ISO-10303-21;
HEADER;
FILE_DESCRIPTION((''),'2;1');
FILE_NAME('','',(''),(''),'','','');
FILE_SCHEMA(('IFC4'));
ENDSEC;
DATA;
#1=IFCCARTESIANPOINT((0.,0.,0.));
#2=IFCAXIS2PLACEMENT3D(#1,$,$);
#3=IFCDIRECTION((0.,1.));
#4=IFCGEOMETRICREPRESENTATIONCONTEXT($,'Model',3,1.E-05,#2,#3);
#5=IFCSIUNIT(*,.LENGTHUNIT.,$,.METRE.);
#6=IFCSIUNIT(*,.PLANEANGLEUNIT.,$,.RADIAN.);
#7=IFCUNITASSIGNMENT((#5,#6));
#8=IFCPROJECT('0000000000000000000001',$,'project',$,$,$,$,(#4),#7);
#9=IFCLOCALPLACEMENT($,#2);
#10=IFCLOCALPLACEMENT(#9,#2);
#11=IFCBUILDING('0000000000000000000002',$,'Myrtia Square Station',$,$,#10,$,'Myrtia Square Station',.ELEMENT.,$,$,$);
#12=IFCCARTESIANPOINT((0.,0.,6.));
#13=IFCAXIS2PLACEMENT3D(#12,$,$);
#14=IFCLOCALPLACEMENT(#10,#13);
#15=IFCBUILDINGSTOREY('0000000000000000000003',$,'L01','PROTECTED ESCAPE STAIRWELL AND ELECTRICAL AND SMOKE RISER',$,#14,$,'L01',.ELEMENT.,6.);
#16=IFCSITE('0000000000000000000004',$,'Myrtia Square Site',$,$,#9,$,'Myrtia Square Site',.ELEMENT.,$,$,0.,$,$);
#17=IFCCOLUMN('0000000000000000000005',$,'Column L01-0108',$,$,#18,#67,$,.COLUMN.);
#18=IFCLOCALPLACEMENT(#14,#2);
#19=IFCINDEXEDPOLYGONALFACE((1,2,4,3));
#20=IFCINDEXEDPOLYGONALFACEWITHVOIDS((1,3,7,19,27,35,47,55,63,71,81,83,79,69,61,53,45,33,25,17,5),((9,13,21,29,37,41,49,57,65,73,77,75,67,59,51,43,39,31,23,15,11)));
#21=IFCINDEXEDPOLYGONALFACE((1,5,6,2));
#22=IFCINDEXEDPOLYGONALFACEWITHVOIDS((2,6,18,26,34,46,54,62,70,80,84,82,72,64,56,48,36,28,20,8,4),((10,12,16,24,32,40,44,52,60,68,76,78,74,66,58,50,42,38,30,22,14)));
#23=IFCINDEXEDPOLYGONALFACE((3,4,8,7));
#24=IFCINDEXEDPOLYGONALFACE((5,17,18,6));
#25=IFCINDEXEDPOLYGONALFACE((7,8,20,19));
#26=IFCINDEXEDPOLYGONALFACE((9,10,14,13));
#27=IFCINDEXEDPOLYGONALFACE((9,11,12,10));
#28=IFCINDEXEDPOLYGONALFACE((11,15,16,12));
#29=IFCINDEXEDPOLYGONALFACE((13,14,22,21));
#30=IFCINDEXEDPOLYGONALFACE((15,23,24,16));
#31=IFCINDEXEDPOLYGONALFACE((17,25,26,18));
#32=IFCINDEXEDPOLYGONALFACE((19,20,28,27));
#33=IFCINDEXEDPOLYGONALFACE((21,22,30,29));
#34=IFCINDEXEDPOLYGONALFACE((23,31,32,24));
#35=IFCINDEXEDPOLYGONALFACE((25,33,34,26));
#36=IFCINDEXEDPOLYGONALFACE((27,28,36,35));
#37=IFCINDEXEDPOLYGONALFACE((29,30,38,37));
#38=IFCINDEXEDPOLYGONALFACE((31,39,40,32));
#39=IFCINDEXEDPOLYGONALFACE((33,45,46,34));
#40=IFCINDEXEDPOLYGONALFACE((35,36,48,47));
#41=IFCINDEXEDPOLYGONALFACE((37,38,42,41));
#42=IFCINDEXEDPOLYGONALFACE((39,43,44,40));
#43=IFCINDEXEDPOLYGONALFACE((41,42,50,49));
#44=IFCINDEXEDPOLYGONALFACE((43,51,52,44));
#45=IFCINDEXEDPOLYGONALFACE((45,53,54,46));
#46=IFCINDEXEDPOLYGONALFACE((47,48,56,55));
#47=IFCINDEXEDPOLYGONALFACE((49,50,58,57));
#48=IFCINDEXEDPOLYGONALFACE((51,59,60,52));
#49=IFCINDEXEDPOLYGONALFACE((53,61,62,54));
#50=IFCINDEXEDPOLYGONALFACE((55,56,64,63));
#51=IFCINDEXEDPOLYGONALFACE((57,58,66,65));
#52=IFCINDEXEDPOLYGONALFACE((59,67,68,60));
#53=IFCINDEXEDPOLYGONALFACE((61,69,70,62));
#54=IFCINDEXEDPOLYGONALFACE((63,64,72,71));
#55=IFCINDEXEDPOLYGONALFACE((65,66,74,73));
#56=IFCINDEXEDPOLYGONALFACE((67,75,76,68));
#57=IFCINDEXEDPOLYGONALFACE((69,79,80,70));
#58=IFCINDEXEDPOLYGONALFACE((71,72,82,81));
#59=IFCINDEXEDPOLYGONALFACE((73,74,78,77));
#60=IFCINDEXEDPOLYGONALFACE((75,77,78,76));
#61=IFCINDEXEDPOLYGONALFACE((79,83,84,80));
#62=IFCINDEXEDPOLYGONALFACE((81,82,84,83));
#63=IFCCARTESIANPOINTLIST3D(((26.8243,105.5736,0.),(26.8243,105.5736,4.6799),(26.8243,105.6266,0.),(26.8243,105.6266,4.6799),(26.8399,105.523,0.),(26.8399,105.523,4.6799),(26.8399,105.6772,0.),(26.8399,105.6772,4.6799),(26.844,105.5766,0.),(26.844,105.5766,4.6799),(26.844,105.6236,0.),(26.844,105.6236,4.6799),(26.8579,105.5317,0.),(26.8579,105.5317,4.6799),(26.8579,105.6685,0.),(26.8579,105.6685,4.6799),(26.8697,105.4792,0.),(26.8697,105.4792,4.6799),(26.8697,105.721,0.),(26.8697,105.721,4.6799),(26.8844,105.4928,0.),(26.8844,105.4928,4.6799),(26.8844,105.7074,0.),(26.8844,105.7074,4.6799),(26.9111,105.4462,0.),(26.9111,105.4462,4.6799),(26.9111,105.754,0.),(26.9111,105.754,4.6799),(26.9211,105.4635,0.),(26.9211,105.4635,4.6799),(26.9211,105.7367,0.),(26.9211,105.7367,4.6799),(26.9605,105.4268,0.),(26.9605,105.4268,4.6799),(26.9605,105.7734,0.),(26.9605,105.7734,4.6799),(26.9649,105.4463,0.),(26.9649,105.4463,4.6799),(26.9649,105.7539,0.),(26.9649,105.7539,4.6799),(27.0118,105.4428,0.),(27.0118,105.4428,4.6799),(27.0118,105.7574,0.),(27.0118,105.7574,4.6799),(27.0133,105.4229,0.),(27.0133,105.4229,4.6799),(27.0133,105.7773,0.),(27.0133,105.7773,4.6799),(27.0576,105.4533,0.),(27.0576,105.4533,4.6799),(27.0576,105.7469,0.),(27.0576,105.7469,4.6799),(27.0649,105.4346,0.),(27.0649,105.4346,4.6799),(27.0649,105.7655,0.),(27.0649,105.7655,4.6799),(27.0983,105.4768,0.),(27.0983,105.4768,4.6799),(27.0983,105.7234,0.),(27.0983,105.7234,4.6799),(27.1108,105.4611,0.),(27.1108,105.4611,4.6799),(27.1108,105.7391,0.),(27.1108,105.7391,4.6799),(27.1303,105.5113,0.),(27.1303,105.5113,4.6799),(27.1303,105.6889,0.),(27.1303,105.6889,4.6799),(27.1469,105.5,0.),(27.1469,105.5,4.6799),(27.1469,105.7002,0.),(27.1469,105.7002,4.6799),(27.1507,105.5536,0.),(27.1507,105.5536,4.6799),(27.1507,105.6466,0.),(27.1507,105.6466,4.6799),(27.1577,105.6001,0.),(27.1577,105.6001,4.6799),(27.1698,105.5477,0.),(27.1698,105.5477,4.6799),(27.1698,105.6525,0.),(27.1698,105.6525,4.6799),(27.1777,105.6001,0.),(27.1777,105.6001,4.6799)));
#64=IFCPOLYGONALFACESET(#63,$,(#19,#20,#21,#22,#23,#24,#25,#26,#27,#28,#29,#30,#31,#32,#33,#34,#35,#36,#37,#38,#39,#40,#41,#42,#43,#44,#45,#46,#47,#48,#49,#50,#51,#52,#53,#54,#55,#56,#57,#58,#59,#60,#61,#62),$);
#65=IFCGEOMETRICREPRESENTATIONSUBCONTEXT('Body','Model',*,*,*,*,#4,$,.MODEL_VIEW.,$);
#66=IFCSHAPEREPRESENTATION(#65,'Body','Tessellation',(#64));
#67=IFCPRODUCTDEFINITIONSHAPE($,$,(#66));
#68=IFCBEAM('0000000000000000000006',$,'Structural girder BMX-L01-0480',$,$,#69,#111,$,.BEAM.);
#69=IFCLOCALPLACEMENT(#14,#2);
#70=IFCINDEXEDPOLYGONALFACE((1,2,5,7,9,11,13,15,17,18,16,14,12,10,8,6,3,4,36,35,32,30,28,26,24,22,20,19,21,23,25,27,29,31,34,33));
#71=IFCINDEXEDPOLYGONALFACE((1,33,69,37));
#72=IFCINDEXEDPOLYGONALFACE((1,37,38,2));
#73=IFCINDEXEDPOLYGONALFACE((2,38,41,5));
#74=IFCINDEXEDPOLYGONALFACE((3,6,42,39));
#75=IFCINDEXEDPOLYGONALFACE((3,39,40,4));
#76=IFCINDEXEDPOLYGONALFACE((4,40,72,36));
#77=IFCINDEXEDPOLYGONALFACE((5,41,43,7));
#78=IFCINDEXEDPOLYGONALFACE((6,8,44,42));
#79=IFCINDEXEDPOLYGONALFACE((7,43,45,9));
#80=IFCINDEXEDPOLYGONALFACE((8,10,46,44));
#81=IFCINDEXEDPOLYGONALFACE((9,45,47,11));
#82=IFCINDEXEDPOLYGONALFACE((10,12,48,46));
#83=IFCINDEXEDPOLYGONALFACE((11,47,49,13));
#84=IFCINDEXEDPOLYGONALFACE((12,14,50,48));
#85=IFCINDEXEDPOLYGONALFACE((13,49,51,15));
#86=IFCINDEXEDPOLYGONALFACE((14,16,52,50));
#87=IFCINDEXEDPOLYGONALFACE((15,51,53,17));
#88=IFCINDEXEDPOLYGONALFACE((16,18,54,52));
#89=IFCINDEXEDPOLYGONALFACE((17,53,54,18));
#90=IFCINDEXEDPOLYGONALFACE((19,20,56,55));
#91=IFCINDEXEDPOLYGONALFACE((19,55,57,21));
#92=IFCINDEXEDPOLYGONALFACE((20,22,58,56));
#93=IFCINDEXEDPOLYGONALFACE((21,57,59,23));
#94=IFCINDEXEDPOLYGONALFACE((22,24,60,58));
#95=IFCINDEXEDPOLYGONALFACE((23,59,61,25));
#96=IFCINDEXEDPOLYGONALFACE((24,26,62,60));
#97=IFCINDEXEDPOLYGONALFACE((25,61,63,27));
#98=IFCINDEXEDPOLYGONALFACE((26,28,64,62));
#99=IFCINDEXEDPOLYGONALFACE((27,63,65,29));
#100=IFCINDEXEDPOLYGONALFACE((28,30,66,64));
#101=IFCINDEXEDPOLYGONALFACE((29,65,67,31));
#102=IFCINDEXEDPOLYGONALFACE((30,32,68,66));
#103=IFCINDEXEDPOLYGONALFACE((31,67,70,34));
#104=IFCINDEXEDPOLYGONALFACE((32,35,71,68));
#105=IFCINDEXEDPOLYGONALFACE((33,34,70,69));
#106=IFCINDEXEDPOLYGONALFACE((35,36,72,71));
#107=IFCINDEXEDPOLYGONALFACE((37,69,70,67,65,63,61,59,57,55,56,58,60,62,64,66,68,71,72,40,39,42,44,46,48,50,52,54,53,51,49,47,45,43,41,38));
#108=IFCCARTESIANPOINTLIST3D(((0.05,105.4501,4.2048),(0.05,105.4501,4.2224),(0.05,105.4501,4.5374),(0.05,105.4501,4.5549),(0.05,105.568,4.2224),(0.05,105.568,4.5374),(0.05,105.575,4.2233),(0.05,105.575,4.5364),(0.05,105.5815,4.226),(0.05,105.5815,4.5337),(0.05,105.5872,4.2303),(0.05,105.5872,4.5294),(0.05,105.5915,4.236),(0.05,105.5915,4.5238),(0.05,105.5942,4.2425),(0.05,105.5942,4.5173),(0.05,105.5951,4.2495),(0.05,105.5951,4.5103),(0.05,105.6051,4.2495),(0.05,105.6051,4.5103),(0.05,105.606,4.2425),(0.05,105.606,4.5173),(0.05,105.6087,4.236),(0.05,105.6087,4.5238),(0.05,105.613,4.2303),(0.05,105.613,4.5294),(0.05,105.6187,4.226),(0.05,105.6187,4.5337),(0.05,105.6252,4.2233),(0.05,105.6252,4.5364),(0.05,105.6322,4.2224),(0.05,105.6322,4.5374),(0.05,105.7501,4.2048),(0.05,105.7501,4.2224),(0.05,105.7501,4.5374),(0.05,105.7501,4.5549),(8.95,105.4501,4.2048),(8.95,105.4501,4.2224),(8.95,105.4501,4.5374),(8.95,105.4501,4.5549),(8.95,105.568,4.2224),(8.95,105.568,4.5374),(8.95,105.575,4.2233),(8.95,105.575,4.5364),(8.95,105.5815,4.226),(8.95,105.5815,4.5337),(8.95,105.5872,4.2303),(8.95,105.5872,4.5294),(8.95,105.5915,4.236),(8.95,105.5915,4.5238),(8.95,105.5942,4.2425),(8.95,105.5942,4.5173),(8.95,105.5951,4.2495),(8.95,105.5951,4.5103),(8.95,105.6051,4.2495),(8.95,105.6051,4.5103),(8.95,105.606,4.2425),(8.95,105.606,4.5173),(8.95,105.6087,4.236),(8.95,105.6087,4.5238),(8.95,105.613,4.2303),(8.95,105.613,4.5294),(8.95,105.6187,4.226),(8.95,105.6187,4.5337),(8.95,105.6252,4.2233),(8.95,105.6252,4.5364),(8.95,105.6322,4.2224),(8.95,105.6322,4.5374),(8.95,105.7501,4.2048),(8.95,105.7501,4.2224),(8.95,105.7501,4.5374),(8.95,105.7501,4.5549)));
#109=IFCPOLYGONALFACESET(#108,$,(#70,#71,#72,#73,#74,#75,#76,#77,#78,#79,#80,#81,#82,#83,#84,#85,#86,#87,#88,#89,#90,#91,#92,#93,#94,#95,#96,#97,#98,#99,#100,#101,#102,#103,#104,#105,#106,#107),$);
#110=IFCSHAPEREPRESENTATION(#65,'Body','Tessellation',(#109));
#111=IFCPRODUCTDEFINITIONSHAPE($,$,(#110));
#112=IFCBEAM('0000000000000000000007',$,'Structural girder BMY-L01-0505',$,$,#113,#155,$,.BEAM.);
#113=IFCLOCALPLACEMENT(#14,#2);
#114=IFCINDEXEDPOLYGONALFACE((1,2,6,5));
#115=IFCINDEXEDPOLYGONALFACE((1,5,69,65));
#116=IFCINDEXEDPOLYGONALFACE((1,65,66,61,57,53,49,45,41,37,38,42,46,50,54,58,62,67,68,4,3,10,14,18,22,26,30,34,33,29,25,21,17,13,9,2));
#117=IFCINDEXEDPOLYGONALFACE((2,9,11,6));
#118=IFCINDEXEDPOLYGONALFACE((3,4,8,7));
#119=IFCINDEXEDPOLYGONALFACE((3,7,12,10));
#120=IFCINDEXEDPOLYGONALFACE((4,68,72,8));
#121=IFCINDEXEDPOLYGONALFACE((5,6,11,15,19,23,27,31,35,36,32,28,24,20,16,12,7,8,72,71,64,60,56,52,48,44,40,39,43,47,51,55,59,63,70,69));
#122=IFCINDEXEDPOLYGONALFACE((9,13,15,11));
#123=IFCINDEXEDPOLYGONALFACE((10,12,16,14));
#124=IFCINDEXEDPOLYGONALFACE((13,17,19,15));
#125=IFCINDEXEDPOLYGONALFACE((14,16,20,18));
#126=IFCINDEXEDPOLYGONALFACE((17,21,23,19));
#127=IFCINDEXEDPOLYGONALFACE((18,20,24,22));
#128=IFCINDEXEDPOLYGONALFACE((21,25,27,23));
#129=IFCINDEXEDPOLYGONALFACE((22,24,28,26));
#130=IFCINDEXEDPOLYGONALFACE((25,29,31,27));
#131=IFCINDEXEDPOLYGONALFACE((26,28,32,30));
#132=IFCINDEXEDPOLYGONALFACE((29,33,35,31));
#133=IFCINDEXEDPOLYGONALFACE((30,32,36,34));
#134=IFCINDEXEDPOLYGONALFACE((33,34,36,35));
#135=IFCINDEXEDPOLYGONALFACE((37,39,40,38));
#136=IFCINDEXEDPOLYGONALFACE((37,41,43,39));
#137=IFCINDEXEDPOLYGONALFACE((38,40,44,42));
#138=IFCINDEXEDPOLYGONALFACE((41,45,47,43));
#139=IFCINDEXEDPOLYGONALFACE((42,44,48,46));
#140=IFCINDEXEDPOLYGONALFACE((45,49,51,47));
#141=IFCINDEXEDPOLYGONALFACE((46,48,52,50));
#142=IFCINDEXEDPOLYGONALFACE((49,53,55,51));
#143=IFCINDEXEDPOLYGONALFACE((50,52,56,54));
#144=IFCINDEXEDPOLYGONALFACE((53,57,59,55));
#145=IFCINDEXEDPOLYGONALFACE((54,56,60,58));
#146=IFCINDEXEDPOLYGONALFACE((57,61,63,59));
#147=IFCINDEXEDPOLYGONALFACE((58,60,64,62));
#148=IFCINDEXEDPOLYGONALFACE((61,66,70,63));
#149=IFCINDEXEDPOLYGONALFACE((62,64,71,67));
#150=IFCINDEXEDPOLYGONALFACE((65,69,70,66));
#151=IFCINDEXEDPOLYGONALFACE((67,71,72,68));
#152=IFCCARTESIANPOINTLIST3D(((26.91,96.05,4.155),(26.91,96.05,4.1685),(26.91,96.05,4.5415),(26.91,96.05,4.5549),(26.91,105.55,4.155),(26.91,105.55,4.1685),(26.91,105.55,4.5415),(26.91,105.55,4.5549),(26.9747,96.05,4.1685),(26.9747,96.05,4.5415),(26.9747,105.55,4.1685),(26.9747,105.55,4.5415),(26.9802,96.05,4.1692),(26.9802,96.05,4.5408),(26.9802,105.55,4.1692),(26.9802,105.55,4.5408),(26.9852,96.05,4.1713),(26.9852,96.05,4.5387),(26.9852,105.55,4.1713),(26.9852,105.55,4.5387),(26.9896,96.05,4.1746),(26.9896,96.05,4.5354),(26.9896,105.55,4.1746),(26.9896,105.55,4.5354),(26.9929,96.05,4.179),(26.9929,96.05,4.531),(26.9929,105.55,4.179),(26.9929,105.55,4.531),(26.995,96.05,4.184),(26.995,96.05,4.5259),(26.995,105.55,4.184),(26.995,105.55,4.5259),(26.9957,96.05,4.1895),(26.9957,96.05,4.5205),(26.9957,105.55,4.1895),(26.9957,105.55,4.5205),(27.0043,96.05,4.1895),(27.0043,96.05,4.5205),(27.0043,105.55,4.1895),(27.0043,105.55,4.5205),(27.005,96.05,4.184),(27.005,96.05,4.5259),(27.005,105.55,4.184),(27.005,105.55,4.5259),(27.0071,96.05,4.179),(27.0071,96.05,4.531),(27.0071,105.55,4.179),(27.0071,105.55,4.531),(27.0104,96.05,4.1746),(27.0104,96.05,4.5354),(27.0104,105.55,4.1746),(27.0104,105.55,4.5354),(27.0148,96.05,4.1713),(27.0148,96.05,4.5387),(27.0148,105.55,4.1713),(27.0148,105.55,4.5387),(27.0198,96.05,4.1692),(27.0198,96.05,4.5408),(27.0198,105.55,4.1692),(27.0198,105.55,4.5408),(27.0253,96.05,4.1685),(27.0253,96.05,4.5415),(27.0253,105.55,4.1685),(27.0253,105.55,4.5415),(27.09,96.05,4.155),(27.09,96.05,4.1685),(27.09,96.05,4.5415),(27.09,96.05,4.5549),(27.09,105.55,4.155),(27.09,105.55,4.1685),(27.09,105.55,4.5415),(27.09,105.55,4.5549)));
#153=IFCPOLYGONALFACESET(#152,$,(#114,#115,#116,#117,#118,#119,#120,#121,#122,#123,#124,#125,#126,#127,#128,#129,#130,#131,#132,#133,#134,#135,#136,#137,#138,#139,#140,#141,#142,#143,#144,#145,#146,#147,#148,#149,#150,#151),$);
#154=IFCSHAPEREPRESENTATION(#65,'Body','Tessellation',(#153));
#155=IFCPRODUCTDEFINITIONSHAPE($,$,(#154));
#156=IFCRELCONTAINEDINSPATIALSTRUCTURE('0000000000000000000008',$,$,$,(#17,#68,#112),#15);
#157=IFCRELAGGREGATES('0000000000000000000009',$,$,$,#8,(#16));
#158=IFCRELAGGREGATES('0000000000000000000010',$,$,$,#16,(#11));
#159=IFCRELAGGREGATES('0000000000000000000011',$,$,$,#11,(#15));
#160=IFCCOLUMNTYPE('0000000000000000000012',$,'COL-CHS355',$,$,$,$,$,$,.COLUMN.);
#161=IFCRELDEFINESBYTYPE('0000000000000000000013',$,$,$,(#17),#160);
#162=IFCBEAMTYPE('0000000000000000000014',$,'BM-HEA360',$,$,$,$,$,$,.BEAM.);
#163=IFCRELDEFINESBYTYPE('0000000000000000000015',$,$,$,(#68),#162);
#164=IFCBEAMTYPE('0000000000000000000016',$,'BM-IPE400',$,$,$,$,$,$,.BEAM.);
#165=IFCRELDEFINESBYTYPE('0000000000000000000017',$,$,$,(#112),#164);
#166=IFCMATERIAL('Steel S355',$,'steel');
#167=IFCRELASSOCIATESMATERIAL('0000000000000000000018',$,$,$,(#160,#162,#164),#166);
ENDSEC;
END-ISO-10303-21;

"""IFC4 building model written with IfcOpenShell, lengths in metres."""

from ifc_helpers import new_model, si_unit, direction, frame, origin, origin_2d, place, context, subcontext, project, spatial, hollow_circle, i_section, extrude, material, material_profile, profile_set, type_object, element, save


model = new_model("IFC4")

# Units and contexts
model_context = context("Model", 3, precision=1e-05, world=origin(), true_north=direction((0.0, 1.0)))
body_context = subcontext(model_context, "Body", "Model", "MODEL_VIEW")
ifc_project = project(units=[si_unit("LENGTHUNIT", "METRE"), si_unit("PLANEANGLEUNIT", "RADIAN")], contexts=[model_context])

# Site, building, storey
site_placement = place(None, origin())
site = spatial("IfcSite", under=ifc_project, at=site_placement, Name="Myrtia Square Site", LongName="Myrtia Square Site", CompositionType="ELEMENT", RefElevation=0.0)
building_placement = place(site_placement, origin())
building = spatial("IfcBuilding", under=site, at=building_placement, Name="Myrtia Square Station", LongName="Myrtia Square Station", CompositionType="ELEMENT")
storey_placement = place(building_placement, frame((0.0, 0.0, 6.0)))
storey = spatial("IfcBuildingStorey", under=building, at=storey_placement, Name="L01", Description="PROTECTED ESCAPE STAIRWELL AND ELECTRICAL AND SMOKE RISER", LongName="L01", CompositionType="ELEMENT", Elevation=6.0)

# Column
ifc_material_1 = material(Name="Steel S355", Category="steel")
ifc_material_profile_1 = material_profile(ifc_material_1, hollow_circle(Radius=0.1777, WallThickness=0.02, at=origin_2d()), Name="CHS 355.6x20")
ifc_profile_set_1 = profile_set([ifc_material_profile_1], Name="Steel S355")
column_type = type_object("IfcColumnType", Name="COL-CHS355", PredefinedType="COLUMN", material=ifc_profile_set_1)
for number, where, z_axis, x_axis, name in (
    (1, (27.0, 105.6001, 0.0), (0.0, 0.0, 1.0), (1.0, 0.0, 0.0), "Column L01-0108"),
):
    element("IfcColumn", number, at=place(storey_placement, frame(where, z_axis=z_axis, x_axis=x_axis)), inside=storey, type_object=column_type, Name=name, PredefinedType="COLUMN", context=body_context, shape_type="SweptSolid", body=[
        extrude(hollow_circle(Radius=0.1777, WallThickness=0.02, at=origin_2d()), origin(), (0.0, 0.0, 1.0), 4.6799),
    ])

# Beams
ifc_material_profile_2 = material_profile(ifc_material_1, i_section(OverallWidth=0.3, OverallDepth=0.3501, WebThickness=0.01, FlangeThickness=0.0176, FilletRadius=0.0271, at=origin_2d()), Name="HEA 360")
ifc_profile_set_2 = profile_set([ifc_material_profile_2], Name="Steel S355")
beam_type_1 = type_object("IfcBeamType", Name="BM-HEA360", PredefinedType="BEAM", material=ifc_profile_set_2)
beam_1_placement = place(storey_placement, frame((0.05, 105.6001, 4.3799), z_axis=(1.0, 0.0, 0.0), x_axis=(0.0, 1.0, 0.0)))
element("IfcBeam", 2, at=beam_1_placement, inside=storey, type_object=beam_type_1, Name="Structural girder BMX-L01-0480", PredefinedType="BEAM", context=body_context, shape_type="SweptSolid", body=[
    extrude(i_section(OverallWidth=0.3, OverallDepth=0.3501, WebThickness=0.01, FlangeThickness=0.0176, FilletRadius=0.0271, at=origin_2d()), origin(), (0.0, 0.0, 1.0), 8.8999),
])
ifc_material_profile_3 = material_profile(ifc_material_1, i_section(OverallWidth=0.1799, OverallDepth=0.3999, WebThickness=0.0085, FlangeThickness=0.0134, FilletRadius=0.021, at=origin_2d()), Name="IPE 400")
ifc_profile_set_3 = profile_set([ifc_material_profile_3], Name="Steel S355")
beam_type_2 = type_object("IfcBeamType", Name="BM-IPE400", PredefinedType="BEAM", material=ifc_profile_set_3)
beam_2_placement = place(storey_placement, frame((27.0, 96.05, 4.355), z_axis=(0.0, 1.0, 0.0), x_axis=(-1.0, 0.0, 0.0)))
element("IfcBeam", 3, at=beam_2_placement, inside=storey, type_object=beam_type_2, Name="Structural girder BMY-L01-0505", PredefinedType="BEAM", context=body_context, shape_type="SweptSolid", body=[
    extrude(i_section(OverallWidth=0.1799, OverallDepth=0.3999, WebThickness=0.0085, FlangeThickness=0.0134, FilletRadius=0.021, at=origin_2d()), origin(), (0.0, 0.0, 1.0), 9.5),
])

save(model, "model.ifc")
